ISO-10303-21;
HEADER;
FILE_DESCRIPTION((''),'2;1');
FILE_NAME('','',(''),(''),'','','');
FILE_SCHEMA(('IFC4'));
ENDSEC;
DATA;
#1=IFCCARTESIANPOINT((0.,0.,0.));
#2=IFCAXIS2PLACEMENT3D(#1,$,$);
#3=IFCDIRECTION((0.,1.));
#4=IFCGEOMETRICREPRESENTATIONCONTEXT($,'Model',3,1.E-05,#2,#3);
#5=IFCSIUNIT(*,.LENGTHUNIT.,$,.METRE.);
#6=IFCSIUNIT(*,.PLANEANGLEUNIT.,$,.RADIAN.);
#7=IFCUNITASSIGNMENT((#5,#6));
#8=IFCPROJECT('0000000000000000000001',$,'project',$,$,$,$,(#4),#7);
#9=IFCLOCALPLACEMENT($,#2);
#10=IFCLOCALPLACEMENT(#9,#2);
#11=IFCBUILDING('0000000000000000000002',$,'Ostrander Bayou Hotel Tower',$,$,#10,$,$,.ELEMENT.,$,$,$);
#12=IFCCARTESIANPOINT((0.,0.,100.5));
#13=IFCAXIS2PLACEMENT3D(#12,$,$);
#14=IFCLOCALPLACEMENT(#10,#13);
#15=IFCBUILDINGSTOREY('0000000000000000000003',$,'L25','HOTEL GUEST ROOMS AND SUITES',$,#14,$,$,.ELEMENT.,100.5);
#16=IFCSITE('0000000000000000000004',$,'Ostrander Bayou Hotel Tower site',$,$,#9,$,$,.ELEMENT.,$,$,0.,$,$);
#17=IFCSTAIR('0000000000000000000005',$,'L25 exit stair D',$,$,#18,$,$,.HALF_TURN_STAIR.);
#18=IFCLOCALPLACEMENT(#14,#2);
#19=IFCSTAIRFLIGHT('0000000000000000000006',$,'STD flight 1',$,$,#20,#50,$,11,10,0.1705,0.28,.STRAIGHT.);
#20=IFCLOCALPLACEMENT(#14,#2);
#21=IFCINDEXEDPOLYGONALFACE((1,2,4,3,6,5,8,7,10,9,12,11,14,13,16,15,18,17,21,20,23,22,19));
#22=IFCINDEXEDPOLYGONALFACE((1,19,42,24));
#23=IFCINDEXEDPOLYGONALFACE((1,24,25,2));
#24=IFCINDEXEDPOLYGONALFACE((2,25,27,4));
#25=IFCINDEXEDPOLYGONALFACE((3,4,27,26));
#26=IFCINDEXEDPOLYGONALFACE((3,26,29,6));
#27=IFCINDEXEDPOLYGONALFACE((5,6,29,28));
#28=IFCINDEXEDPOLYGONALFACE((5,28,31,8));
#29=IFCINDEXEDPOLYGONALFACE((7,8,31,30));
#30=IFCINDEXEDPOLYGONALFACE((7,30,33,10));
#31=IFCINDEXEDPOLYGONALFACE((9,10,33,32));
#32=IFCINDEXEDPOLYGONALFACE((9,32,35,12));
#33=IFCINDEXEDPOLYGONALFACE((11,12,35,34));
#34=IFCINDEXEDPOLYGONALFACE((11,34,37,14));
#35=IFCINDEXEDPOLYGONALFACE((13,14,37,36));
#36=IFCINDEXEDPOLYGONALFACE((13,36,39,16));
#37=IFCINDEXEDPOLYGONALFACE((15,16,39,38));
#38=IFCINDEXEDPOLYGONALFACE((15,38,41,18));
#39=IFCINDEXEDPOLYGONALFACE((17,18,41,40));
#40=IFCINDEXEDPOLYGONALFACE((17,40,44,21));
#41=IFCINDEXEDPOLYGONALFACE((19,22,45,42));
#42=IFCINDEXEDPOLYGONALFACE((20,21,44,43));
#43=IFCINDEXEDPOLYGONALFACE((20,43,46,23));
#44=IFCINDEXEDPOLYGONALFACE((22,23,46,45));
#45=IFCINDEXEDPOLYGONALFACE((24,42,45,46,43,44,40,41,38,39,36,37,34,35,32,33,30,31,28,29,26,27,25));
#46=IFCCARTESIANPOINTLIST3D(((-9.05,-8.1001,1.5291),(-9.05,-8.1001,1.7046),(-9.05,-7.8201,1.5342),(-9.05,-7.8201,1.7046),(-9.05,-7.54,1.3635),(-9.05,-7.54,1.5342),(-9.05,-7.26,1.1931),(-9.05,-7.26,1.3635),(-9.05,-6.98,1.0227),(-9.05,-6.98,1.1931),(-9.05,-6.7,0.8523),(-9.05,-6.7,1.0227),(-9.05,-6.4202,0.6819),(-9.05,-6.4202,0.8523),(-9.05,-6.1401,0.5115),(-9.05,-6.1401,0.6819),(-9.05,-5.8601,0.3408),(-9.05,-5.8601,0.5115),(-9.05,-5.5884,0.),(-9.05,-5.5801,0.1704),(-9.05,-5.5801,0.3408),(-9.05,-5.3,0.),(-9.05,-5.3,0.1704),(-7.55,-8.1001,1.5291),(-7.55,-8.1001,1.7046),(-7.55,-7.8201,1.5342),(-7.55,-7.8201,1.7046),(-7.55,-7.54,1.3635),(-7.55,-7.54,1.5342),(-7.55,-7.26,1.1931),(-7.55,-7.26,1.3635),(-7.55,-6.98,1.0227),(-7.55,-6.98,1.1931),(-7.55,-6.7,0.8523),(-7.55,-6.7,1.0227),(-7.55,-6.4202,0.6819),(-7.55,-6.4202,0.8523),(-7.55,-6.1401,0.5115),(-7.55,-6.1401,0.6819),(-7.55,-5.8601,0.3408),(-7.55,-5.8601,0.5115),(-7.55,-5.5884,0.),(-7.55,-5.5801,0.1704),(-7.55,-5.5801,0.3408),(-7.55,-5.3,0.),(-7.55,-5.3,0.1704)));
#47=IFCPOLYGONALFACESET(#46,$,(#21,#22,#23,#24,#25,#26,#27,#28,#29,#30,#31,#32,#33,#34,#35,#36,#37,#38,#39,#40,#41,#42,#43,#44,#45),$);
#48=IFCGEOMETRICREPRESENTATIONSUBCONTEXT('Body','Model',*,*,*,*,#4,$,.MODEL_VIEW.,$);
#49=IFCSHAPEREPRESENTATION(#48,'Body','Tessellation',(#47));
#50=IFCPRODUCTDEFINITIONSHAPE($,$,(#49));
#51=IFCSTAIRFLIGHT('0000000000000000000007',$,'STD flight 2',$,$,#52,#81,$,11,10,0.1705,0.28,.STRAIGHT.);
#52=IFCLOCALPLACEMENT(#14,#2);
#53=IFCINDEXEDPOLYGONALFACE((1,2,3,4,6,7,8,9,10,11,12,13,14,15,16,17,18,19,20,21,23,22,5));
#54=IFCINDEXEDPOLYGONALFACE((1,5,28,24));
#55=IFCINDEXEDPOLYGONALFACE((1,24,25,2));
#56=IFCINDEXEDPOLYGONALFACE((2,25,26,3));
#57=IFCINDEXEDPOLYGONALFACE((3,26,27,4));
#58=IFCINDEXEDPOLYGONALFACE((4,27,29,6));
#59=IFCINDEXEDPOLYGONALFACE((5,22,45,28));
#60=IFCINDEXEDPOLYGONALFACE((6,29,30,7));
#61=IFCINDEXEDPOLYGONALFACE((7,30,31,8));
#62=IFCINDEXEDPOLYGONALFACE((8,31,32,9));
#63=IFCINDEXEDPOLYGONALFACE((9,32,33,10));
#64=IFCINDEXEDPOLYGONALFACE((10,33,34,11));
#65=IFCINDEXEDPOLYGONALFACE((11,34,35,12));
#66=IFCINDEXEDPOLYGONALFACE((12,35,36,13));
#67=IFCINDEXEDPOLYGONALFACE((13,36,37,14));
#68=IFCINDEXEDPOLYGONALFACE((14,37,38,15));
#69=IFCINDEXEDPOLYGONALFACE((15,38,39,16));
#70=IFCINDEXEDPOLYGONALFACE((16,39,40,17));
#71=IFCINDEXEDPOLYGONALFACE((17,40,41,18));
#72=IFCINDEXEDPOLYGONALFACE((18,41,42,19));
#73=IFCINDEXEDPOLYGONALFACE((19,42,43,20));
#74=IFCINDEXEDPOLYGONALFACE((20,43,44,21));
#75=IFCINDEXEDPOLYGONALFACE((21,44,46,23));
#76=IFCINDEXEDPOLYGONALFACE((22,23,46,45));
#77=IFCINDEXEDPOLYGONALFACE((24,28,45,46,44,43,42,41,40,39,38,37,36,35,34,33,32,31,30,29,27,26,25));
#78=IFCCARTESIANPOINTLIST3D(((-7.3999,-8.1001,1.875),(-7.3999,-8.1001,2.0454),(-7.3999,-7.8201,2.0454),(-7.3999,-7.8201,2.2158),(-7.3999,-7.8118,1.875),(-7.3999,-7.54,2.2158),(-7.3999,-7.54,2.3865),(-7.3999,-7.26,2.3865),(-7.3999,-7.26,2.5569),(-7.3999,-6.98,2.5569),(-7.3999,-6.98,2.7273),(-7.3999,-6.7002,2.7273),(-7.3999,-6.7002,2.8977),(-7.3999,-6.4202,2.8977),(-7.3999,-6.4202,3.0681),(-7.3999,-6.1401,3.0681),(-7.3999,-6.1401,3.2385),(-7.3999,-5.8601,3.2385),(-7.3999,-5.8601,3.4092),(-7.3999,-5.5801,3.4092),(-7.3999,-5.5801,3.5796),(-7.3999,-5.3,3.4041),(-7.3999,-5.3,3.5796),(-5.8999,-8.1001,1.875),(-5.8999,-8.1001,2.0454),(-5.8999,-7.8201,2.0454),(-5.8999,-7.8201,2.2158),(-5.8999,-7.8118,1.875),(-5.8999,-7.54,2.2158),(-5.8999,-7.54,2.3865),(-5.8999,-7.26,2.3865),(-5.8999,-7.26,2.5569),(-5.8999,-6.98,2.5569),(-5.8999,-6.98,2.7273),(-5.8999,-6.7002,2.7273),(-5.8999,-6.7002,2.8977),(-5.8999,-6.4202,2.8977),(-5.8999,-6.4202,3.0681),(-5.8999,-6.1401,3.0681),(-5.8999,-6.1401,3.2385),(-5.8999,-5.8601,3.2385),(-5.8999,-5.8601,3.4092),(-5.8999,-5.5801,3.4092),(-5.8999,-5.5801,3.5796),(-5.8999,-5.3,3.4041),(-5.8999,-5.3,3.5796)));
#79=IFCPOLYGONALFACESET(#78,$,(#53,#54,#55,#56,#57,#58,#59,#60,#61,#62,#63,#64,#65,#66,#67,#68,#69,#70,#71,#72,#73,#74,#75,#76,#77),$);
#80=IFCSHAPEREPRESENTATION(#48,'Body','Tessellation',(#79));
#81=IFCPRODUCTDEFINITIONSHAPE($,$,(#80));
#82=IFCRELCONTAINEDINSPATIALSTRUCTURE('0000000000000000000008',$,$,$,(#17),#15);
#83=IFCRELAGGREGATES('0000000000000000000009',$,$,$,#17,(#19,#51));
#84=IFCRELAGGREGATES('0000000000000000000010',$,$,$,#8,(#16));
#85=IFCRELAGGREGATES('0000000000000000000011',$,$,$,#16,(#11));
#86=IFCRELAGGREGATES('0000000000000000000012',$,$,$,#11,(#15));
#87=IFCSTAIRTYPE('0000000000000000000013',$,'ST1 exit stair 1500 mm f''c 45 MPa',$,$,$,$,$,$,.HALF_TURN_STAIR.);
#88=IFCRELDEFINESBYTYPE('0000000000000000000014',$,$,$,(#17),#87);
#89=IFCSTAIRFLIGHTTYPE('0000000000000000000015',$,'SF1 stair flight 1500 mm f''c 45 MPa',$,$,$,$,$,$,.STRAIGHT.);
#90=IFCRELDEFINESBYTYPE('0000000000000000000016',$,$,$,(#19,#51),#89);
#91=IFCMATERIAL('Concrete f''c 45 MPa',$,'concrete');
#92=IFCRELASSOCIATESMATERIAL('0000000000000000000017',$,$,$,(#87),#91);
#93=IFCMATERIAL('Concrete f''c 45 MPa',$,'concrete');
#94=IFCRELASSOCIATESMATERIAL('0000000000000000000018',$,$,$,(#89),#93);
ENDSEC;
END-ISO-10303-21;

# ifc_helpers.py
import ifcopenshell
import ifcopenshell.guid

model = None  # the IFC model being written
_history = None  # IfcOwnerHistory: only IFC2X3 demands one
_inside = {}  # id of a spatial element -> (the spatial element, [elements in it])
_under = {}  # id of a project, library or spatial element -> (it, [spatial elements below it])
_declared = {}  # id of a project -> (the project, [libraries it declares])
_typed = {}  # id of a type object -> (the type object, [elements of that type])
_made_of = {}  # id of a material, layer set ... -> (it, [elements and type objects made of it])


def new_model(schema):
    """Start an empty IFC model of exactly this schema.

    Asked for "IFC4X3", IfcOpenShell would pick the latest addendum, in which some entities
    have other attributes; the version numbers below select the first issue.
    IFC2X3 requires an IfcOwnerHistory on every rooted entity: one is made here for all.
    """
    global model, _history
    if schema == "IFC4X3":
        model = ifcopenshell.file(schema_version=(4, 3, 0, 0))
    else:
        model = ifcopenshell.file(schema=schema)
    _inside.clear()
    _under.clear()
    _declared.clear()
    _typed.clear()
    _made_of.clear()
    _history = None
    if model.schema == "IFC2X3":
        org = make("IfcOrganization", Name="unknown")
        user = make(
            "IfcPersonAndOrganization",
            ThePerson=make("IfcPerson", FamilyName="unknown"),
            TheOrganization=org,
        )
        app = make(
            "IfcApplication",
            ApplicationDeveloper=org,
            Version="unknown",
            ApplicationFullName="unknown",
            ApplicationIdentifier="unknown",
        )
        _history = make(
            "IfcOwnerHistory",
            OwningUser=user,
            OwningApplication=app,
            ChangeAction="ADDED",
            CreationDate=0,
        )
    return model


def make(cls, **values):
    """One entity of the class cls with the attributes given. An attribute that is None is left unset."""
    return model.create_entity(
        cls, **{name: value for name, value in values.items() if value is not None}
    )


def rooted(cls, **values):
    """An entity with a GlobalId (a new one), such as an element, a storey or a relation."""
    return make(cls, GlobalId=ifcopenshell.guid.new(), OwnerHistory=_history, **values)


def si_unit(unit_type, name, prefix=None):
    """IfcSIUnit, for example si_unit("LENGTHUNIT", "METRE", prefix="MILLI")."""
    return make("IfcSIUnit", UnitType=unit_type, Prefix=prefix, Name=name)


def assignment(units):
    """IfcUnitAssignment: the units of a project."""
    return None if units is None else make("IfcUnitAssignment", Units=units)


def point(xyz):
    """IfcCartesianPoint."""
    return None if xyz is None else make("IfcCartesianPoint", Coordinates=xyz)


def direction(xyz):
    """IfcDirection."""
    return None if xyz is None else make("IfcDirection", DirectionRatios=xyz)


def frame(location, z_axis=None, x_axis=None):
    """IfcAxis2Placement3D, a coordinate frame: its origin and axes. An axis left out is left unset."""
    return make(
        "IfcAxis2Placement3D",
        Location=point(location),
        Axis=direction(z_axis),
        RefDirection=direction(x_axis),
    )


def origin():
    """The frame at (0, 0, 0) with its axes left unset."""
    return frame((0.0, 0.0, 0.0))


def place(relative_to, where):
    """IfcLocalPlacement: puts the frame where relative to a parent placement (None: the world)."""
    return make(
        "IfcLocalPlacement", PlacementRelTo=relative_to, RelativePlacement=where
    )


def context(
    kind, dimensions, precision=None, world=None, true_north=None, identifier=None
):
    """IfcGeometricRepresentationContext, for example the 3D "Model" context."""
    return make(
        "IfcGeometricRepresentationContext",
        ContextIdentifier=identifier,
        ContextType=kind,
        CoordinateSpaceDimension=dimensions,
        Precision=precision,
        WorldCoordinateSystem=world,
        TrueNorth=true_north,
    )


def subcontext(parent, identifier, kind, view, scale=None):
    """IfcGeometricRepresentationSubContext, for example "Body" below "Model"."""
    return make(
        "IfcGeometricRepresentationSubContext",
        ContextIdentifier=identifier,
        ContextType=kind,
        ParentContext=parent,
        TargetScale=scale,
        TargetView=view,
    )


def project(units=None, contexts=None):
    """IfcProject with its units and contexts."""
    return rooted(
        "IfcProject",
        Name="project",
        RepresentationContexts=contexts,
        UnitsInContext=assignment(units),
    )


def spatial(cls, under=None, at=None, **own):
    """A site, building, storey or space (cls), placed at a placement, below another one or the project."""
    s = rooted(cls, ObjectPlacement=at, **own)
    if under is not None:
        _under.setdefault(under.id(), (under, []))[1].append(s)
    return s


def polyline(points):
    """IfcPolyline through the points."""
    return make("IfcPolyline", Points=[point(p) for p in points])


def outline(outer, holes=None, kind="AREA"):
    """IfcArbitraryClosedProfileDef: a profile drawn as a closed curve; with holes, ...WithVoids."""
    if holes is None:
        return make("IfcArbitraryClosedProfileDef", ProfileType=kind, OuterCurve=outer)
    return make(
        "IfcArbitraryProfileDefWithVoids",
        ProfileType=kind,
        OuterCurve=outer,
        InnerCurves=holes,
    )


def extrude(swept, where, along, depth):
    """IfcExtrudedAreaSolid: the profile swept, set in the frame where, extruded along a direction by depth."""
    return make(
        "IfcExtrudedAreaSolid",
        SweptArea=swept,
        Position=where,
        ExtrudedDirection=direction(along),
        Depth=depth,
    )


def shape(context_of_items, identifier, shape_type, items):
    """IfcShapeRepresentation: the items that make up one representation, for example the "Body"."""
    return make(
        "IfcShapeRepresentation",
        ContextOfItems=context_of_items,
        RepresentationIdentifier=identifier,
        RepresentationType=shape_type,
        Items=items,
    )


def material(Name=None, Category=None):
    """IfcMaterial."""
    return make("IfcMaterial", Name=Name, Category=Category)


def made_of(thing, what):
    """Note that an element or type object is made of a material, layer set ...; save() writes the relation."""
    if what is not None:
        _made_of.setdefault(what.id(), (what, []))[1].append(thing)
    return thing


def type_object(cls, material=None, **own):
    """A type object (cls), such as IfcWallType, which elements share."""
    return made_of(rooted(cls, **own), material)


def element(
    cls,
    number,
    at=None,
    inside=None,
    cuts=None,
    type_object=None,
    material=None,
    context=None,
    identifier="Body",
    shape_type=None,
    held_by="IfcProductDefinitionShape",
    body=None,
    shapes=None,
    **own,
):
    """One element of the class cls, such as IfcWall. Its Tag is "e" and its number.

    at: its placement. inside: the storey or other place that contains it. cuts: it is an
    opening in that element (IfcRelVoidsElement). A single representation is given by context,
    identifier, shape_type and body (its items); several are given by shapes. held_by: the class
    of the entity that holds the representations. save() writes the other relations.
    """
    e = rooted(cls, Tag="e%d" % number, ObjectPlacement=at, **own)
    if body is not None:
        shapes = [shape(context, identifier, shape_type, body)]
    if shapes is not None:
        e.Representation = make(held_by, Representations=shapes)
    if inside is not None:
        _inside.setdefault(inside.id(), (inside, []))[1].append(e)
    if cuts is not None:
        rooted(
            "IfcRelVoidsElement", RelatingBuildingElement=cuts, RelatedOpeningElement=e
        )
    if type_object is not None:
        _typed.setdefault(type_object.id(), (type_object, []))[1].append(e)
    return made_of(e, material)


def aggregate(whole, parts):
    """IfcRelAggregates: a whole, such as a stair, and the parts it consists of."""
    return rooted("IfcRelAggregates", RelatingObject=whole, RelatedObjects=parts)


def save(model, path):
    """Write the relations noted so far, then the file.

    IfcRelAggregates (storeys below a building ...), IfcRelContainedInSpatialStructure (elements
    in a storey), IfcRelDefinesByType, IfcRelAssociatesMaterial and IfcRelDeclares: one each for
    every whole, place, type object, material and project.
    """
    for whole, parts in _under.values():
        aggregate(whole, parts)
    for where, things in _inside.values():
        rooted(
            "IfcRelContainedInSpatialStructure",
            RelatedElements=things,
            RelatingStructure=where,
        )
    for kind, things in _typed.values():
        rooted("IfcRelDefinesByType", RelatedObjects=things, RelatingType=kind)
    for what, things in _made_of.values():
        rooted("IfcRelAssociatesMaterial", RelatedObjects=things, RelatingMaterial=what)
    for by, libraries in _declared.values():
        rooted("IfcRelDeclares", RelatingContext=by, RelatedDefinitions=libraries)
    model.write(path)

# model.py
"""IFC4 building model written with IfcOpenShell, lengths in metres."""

from ifc_helpers import new_model, si_unit, direction, frame, origin, place, context, subcontext, project, spatial, polyline, outline, extrude, material, type_object, element, aggregate, save


model = new_model("IFC4")

# Units and contexts
model_context = context("Model", 3, precision=1e-05, world=origin(), true_north=direction((0.0, 1.0)))
body_context = subcontext(model_context, "Body", "Model", "MODEL_VIEW")
ifc_project = project(units=[si_unit("LENGTHUNIT", "METRE"), si_unit("PLANEANGLEUNIT", "RADIAN")], contexts=[model_context])

# Site, building, storey
site_placement = place(None, origin())
site = spatial("IfcSite", under=ifc_project, at=site_placement, Name="Ostrander Bayou Hotel Tower site", CompositionType="ELEMENT", RefElevation=0.0)
building_placement = place(site_placement, origin())
building = spatial("IfcBuilding", under=site, at=building_placement, Name="Ostrander Bayou Hotel Tower", CompositionType="ELEMENT")
storey_placement = place(building_placement, frame((0.0, 0.0, 100.5)))
storey = spatial("IfcBuildingStorey", under=building, at=storey_placement, Name="L25", Description="HOTEL GUEST ROOMS AND SUITES", CompositionType="ELEMENT", Elevation=100.5)

# Stair, stair flights
ifc_material_1 = material(Name="Concrete f'c 45 MPa", Category="concrete")
stair_type = type_object("IfcStairType", Name="ST1 exit stair 1500 mm f'c 45 MPa", PredefinedType="HALF_TURN_STAIR", material=ifc_material_1)
stair_placement = place(storey_placement, origin())
stair = element("IfcStair", 1, at=stair_placement, inside=storey, type_object=stair_type, Name="L25 exit stair D", PredefinedType="HALF_TURN_STAIR")
ifc_material_2 = material(Name="Concrete f'c 45 MPa", Category="concrete")
stair_flight_type = type_object("IfcStairFlightType", Name="SF1 stair flight 1500 mm f'c 45 MPa", PredefinedType="STRAIGHT", material=ifc_material_2)
stair_flight_1_placement = place(storey_placement, frame((-8.3, -5.3, 0.0), z_axis=(0.0, 0.0, 1.0), x_axis=(0.0, -1.0, 0.0)))
stair_flight_1 = element("IfcStairFlight", 2, at=stair_flight_1_placement, type_object=stair_flight_type, Name="STD flight 1", NumberOfRisers=11, NumberOfTreads=10, PredefinedType="STRAIGHT", RiserHeight=0.1705, TreadLength=0.28, context=body_context, shape_type="SweptSolid", body=[
    extrude(outline(polyline([(0.0, 0.0), (0.0, 0.1704), (0.28, 0.1704), (0.28, 0.3408), (0.5601, 0.3408), (0.5601, 0.5115), (0.8401, 0.5115), (0.8401, 0.6819), (1.1201, 0.6819), (1.1201, 0.8523), (1.3999, 0.8523), (1.3999, 1.0227), (1.6799, 1.0227), (1.6799, 1.1931), (1.96, 1.1931), (1.96, 1.3635), (2.24, 1.3635), (2.24, 1.5342), (2.52, 1.5342), (2.52, 1.7046), (2.8, 1.7046), (2.8, 1.875), (2.8, 1.5291), (0.2883, 0.0), (0.0, 0.0)])), frame((0.0, 0.75, 0.0), z_axis=(0.0, -1.0, 0.0), x_axis=(1.0, 0.0, 0.0)), (0.0, 0.0, 1.0), 1.5),
])
stair_flight_2_placement = place(storey_placement, frame((-6.6499, -8.1001, 1.875), z_axis=(0.0, 0.0, 1.0), x_axis=(0.0, 1.0, 0.0)))
stair_flight_2 = element("IfcStairFlight", 3, at=stair_flight_2_placement, type_object=stair_flight_type, Name="STD flight 2", NumberOfRisers=11, NumberOfTreads=10, PredefinedType="STRAIGHT", RiserHeight=0.1705, TreadLength=0.28, context=body_context, shape_type="SweptSolid", body=[
    extrude(outline(polyline([(0.0, 0.0), (0.0, 0.1704), (0.28, 0.1704), (0.28, 0.3408), (0.5601, 0.3408), (0.5601, 0.5115), (0.8401, 0.5115), (0.8401, 0.6819), (1.1201, 0.6819), (1.1201, 0.8523), (1.3999, 0.8523), (1.3999, 1.0227), (1.6799, 1.0227), (1.6799, 1.1931), (1.96, 1.1931), (1.96, 1.3635), (2.24, 1.3635), (2.24, 1.5342), (2.52, 1.5342), (2.52, 1.7046), (2.8, 1.7046), (2.8, 1.875), (2.8, 1.5291), (0.2883, 0.0), (0.0, 0.0)])), frame((0.0, 0.75, 0.0), z_axis=(0.0, -1.0, 0.0), x_axis=(1.0, 0.0, 0.0)), (0.0, 0.0, 1.0), 1.5),
])
aggregate(stair, [stair_flight_1, stair_flight_2])

save(model, "model.ifc")
